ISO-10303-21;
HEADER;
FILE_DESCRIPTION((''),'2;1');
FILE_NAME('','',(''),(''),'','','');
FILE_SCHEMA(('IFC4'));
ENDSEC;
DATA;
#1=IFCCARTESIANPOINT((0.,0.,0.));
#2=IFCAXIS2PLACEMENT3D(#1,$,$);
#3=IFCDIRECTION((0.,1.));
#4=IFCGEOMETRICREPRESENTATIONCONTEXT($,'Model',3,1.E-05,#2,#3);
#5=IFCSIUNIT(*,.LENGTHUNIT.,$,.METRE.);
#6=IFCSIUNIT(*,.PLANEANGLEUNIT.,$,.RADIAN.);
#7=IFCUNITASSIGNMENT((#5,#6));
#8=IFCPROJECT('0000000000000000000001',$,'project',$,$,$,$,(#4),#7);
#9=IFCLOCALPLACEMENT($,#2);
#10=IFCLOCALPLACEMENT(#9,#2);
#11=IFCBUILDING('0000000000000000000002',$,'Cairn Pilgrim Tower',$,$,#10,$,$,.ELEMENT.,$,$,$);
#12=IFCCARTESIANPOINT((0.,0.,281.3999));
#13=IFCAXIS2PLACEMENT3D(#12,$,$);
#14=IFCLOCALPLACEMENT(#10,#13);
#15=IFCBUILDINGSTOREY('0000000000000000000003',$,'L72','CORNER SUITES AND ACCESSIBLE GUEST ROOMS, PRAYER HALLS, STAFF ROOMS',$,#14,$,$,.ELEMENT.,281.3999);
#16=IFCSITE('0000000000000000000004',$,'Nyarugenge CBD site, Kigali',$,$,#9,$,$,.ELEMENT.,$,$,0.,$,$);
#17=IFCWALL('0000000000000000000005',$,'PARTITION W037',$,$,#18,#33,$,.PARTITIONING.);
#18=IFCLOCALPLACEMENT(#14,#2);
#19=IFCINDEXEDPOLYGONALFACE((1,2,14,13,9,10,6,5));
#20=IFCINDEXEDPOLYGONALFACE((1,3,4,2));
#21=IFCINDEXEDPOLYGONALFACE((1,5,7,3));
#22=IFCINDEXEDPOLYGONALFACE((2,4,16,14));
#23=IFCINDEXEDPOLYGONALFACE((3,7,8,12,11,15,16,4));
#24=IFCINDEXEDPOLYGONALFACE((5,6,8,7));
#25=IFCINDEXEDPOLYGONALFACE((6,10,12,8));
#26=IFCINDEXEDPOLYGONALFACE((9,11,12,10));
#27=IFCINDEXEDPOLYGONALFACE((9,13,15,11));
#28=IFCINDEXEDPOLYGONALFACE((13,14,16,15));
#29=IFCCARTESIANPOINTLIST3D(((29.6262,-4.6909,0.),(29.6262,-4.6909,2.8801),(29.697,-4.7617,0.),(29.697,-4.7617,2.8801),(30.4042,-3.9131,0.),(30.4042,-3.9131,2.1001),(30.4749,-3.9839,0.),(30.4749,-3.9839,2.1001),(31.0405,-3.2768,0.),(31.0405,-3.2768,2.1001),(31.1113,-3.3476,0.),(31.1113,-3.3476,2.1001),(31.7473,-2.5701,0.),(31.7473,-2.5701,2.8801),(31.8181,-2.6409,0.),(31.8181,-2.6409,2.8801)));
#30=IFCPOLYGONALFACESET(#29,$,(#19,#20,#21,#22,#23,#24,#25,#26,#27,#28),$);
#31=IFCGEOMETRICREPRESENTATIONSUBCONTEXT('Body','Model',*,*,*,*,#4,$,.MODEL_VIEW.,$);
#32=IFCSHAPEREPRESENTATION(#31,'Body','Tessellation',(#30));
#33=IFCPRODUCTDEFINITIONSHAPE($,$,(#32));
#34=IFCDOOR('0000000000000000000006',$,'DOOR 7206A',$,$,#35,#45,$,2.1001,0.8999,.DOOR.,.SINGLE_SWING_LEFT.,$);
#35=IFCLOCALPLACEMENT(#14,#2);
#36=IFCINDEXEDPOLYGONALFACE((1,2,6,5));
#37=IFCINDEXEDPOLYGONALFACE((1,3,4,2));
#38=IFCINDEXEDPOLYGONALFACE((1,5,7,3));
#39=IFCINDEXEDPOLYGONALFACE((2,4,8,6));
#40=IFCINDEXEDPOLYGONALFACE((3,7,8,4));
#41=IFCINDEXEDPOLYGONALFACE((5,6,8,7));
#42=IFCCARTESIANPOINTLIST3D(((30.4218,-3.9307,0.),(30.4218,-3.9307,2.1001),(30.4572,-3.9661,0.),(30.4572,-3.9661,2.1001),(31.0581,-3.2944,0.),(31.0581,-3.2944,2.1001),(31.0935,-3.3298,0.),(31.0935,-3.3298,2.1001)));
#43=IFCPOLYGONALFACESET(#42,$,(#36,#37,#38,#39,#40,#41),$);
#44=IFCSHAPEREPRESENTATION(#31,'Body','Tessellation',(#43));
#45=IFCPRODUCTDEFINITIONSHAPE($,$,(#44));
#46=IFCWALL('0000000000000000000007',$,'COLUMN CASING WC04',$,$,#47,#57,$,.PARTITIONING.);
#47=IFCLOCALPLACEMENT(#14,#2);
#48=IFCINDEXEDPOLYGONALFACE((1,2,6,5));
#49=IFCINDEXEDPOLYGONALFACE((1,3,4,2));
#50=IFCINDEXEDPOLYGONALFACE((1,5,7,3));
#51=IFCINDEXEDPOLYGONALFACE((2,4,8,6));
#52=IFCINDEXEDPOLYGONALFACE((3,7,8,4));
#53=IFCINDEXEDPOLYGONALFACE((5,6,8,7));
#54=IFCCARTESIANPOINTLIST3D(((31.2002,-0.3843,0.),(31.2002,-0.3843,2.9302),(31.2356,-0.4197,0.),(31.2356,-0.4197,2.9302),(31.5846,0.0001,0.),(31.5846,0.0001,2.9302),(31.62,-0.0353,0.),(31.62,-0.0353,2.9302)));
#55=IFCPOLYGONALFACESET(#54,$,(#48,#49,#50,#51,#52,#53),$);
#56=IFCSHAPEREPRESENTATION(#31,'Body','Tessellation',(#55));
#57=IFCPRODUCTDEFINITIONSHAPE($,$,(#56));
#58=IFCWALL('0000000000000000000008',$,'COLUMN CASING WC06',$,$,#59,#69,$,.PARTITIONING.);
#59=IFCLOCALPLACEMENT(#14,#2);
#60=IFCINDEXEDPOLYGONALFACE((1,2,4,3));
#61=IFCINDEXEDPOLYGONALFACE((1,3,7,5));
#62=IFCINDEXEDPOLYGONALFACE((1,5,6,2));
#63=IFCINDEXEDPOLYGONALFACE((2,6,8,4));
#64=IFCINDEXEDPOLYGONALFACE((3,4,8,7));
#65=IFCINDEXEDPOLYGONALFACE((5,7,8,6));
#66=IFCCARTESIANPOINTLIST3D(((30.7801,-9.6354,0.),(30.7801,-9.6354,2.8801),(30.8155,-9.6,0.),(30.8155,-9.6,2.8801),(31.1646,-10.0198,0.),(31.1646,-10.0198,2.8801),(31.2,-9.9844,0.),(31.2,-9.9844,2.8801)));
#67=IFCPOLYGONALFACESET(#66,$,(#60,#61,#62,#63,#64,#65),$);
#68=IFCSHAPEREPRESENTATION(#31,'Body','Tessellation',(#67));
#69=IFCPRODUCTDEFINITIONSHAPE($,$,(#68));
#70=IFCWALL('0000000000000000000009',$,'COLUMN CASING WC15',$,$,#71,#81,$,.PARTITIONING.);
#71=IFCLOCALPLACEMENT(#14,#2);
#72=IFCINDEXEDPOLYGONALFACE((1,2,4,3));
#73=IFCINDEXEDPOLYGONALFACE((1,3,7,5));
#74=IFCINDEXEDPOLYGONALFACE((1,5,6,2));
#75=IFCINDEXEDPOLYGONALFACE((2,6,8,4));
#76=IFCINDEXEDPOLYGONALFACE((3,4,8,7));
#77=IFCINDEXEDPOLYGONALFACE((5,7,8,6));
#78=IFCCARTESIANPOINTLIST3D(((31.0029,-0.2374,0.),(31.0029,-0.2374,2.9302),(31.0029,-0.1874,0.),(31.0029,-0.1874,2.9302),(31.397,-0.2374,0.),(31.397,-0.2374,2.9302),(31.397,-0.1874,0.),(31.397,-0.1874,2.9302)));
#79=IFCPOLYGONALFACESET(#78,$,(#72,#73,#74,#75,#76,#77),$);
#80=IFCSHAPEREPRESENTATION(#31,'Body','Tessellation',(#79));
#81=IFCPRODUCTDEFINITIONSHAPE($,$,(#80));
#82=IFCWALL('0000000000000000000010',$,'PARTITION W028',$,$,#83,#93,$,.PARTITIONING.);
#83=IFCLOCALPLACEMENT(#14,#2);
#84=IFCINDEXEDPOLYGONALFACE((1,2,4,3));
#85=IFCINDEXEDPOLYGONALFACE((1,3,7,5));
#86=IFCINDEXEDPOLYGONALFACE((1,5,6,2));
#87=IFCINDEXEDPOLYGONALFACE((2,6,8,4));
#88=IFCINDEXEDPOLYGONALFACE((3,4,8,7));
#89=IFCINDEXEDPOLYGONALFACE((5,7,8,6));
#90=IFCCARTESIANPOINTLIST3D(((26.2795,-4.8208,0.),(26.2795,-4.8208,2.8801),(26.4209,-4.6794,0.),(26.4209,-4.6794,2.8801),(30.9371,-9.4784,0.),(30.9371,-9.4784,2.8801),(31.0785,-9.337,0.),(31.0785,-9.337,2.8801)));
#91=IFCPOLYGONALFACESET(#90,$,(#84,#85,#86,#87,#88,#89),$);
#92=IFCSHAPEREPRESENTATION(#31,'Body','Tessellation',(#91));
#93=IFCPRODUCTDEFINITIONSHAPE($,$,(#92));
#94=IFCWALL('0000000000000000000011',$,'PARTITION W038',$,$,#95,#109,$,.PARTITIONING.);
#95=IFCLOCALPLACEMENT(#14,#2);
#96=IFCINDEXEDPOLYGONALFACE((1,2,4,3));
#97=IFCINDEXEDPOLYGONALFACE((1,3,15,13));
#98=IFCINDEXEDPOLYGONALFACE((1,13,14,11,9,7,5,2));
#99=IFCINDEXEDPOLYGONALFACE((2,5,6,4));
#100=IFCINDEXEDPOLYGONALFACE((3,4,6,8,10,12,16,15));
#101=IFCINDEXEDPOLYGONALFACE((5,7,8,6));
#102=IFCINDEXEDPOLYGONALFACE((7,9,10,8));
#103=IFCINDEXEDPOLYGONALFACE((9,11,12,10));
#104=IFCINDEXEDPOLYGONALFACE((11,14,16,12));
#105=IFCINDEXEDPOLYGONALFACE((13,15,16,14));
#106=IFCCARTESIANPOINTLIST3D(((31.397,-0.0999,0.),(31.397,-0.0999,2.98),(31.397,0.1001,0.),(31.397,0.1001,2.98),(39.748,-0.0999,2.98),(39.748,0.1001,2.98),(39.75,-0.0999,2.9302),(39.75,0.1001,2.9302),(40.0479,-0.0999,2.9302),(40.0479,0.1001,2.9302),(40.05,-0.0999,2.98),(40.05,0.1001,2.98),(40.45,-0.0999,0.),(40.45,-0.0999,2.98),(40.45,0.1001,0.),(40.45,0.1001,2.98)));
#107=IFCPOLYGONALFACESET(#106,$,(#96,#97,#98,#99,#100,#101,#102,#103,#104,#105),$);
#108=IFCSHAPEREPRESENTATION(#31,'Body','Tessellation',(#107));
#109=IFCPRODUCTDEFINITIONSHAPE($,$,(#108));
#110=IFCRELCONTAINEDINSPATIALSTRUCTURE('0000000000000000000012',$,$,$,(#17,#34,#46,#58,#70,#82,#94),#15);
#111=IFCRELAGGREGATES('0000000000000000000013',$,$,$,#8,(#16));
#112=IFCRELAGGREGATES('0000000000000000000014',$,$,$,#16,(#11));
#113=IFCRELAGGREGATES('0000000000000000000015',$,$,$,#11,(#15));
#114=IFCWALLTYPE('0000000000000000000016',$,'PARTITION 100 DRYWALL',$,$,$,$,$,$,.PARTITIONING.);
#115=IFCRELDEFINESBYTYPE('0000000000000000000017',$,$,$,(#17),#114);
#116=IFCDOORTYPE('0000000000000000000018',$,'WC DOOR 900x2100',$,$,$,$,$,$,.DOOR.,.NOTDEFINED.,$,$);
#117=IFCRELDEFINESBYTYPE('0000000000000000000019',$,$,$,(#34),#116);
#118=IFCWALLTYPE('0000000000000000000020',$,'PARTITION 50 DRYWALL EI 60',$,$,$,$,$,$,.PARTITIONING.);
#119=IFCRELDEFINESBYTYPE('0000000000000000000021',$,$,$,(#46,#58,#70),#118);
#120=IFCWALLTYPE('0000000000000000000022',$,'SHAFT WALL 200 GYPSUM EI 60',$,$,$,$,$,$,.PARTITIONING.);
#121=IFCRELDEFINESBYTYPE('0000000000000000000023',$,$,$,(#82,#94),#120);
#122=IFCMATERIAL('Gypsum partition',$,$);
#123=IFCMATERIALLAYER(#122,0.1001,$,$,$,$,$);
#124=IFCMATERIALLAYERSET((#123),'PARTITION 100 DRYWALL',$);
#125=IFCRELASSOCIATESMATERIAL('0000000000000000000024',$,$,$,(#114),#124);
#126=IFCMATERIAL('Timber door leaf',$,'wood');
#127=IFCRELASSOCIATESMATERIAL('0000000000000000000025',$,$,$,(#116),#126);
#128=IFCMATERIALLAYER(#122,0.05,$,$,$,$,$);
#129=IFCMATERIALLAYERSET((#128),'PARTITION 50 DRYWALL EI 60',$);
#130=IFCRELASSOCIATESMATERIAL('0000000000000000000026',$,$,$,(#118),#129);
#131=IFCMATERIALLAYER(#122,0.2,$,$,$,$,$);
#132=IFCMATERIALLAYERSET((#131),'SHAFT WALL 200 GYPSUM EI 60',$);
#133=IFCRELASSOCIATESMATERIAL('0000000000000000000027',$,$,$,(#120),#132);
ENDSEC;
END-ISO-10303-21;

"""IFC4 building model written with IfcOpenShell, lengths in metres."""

from ifc_helpers import new_model, si_unit, direction, frame, frame_2d, origin, place, context, subcontext, project, spatial, polyline, rectangle, outline, extrude, material, layer, layer_set, type_object, element, fill, save


model = new_model("IFC4")

# Units and contexts
model_context = context("Model", 3, precision=1e-05, world=origin(), true_north=direction((0.0, 1.0)))
body_context = subcontext(model_context, "Body", "Model", "MODEL_VIEW")
ifc_project = project(units=[si_unit("LENGTHUNIT", "METRE"), si_unit("PLANEANGLEUNIT", "RADIAN")], contexts=[model_context])

# Site, building, storey
site_placement = place(None, origin())
site = spatial("IfcSite", under=ifc_project, at=site_placement, Name="Nyarugenge CBD site, Kigali", CompositionType="ELEMENT", RefElevation=0.0)
building_placement = place(site_placement, origin())
building = spatial("IfcBuilding", under=site, at=building_placement, Name="Cairn Pilgrim Tower", CompositionType="ELEMENT")
storey_placement = place(building_placement, frame((0.0, 0.0, 281.3999)))
storey = spatial("IfcBuildingStorey", under=building, at=storey_placement, Name="L72", Description="CORNER SUITES AND ACCESSIBLE GUEST ROOMS, PRAYER HALLS, STAFF ROOMS", CompositionType="ELEMENT", Elevation=281.3999)

# Shared definitions
ifc_material_1 = material(Name="Gypsum partition")
ifc_layer_1 = layer(ifc_material_1, 0.1001)
ifc_layer_set_1 = layer_set([ifc_layer_1], Name="PARTITION 100 DRYWALL")
wall_type_1 = type_object("IfcWallType", Name="PARTITION 100 DRYWALL", PredefinedType="PARTITIONING", material=ifc_layer_set_1)
ifc_material_2 = material(Name="Timber door leaf", Category="wood")

# Wall, opening, door
wall_1_placement = place(storey_placement, frame((29.6616, -4.7263, 0.0), z_axis=(0.0, 0.0, 1.0), x_axis=(0.707147, 0.707066, 0.0)))
wall_1 = element("IfcWall", 1, at=wall_1_placement, inside=storey, type_object=wall_type_1, Name="PARTITION W037", PredefinedType="PARTITIONING", context=body_context, shape_type="SweptSolid", body=[
    extrude(rectangle(XDim=2.9995, YDim=0.1001, at=frame_2d((1.4998, 0.0))), origin(), (0.0, 0.0, 1.0), 2.8801),
])
opening_1_placement = place(wall_1_placement, frame((1.1001, 0.0, 0.0)))
opening_1 = element("IfcOpeningElement", 2, at=opening_1_placement, cuts=wall_1, PredefinedType="OPENING", context=body_context, shape_type="SweptSolid", body=[
    extrude(rectangle(XDim=0.8999, YDim=2.1001, at=frame_2d((0.45, 1.05))), frame((0.0, 0.0601, 0.0), z_axis=(0.0, -1.0, 0.0), x_axis=(1.0, 0.0, 0.0)), (0.0, 0.0, 1.0), 0.1201),
])
door_type_1 = type_object("IfcDoorType", Name="WC DOOR 900x2100", OperationType="NOTDEFINED", PredefinedType="DOOR", material=ifc_material_2)
door_1_placement = place(opening_1_placement, frame((0.8999, 0.0, 0.0), z_axis=(0.0, 0.0, 1.0), x_axis=(-1.0, 0.0, 0.0)))
door_1 = element("IfcDoor", 3, at=door_1_placement, inside=storey, type_object=door_type_1, Name="DOOR 7206A", OperationType="SINGLE_SWING_LEFT", OverallHeight=2.1001, OverallWidth=0.8999, PredefinedType="DOOR", context=body_context, shape_type="SweptSolid", body=[
    extrude(rectangle(XDim=0.8999, YDim=2.1001, at=frame_2d((0.45, 1.05))), frame((0.0, 0.0249, 0.0), z_axis=(0.0, -1.0, 0.0), x_axis=(1.0, 0.0, 0.0)), (0.0, 0.0, 1.0), 0.05),
])
fill(opening_1, door_1)

# Walls
ifc_layer_2 = layer(ifc_material_1, 0.05)
ifc_layer_set_2 = layer_set([ifc_layer_2], Name="PARTITION 50 DRYWALL EI 60")
wall_type_2 = type_object("IfcWallType", Name="PARTITION 50 DRYWALL EI 60", PredefinedType="PARTITIONING", material=ifc_layer_set_2)
wall_2_placement = place(storey_placement, frame((31.2178, -0.4021, 0.0), z_axis=(0.0, 0.0, 1.0), x_axis=(0.707107, 0.707107, 0.0)))
element("IfcWall", 4, at=wall_2_placement, inside=storey, type_object=wall_type_2, Name="COLUMN CASING WC04", PredefinedType="PARTITIONING", context=body_context, shape_type="SweptSolid", body=[
    extrude(rectangle(XDim=0.5437, YDim=0.05, at=frame_2d((0.272, 0.0))), origin(), (0.0, 0.0, 1.0), 2.9302),
])
wall_3_placement = place(storey_placement, frame((31.1824, -10.0022, 0.0), z_axis=(0.0, 0.0, 1.0), x_axis=(-0.707107, 0.707107, 0.0)))
element("IfcWall", 5, at=wall_3_placement, inside=storey, type_object=wall_type_2, Name="COLUMN CASING WC06", PredefinedType="PARTITIONING", context=body_context, shape_type="SweptSolid", body=[
    extrude(rectangle(XDim=0.5437, YDim=0.05, at=frame_2d((0.272, 0.0))), origin(), (0.0, 0.0, 1.0), 2.8801),
])
wall_4_placement = place(storey_placement, frame((31.0029, -0.2124, 0.0), z_axis=(0.0, 0.0, 1.0), x_axis=(1.0, 0.0, 0.0)))
element("IfcWall", 6, at=wall_4_placement, inside=storey, type_object=wall_type_2, Name="COLUMN CASING WC15", PredefinedType="PARTITIONING", context=body_context, shape_type="SweptSolid", body=[
    extrude(rectangle(XDim=0.394, YDim=0.05, at=frame_2d((0.197, 0.0))), origin(), (0.0, 0.0, 1.0), 2.9302),
])
ifc_layer_3 = layer(ifc_material_1, 0.2)
ifc_layer_set_3 = layer_set([ifc_layer_3], Name="SHAFT WALL 200 GYPSUM EI 60")
wall_type_3 = type_object("IfcWallType", Name="SHAFT WALL 200 GYPSUM EI 60", PredefinedType="PARTITIONING", material=ifc_layer_set_3)
wall_5_placement = place(storey_placement, frame((31.0078, -9.4077, 0.0), z_axis=(0.0, 0.0, 1.0), x_axis=(-0.707107, 0.707107, 0.0)))
element("IfcWall", 7, at=wall_5_placement, inside=storey, type_object=wall_type_3, Name="PARTITION W028", PredefinedType="PARTITIONING", context=body_context, shape_type="SweptSolid", body=[
    extrude(rectangle(XDim=6.5869, YDim=0.2, at=frame_2d((3.2935, 0.0))), origin(), (0.0, 0.0, 1.0), 2.8801),
])
wall_6_placement = place(storey_placement, frame((31.397, 0.0, 0.0), z_axis=(0.0, 0.0, 1.0), x_axis=(1.0, 0.0, 0.0)))
element("IfcWall", 8, at=wall_6_placement, inside=storey, type_object=wall_type_3, Name="PARTITION W038", PredefinedType="PARTITIONING", context=body_context, shape_type="SweptSolid", body=[
    extrude(outline(polyline([(0.0, 0.0), (9.053, 0.0), (9.053, 2.98), (8.6531, 2.98), (8.6509, 2.9302), (8.353, 2.9302), (8.3511, 2.98), (0.0, 2.98), (0.0, 0.0)])), frame((0.0, 0.1001, 0.0), z_axis=(0.0, -1.0, 0.0), x_axis=(1.0, 0.0, 0.0)), (0.0, 0.0, 1.0), 0.2),
])

save(model, "model.ifc")
